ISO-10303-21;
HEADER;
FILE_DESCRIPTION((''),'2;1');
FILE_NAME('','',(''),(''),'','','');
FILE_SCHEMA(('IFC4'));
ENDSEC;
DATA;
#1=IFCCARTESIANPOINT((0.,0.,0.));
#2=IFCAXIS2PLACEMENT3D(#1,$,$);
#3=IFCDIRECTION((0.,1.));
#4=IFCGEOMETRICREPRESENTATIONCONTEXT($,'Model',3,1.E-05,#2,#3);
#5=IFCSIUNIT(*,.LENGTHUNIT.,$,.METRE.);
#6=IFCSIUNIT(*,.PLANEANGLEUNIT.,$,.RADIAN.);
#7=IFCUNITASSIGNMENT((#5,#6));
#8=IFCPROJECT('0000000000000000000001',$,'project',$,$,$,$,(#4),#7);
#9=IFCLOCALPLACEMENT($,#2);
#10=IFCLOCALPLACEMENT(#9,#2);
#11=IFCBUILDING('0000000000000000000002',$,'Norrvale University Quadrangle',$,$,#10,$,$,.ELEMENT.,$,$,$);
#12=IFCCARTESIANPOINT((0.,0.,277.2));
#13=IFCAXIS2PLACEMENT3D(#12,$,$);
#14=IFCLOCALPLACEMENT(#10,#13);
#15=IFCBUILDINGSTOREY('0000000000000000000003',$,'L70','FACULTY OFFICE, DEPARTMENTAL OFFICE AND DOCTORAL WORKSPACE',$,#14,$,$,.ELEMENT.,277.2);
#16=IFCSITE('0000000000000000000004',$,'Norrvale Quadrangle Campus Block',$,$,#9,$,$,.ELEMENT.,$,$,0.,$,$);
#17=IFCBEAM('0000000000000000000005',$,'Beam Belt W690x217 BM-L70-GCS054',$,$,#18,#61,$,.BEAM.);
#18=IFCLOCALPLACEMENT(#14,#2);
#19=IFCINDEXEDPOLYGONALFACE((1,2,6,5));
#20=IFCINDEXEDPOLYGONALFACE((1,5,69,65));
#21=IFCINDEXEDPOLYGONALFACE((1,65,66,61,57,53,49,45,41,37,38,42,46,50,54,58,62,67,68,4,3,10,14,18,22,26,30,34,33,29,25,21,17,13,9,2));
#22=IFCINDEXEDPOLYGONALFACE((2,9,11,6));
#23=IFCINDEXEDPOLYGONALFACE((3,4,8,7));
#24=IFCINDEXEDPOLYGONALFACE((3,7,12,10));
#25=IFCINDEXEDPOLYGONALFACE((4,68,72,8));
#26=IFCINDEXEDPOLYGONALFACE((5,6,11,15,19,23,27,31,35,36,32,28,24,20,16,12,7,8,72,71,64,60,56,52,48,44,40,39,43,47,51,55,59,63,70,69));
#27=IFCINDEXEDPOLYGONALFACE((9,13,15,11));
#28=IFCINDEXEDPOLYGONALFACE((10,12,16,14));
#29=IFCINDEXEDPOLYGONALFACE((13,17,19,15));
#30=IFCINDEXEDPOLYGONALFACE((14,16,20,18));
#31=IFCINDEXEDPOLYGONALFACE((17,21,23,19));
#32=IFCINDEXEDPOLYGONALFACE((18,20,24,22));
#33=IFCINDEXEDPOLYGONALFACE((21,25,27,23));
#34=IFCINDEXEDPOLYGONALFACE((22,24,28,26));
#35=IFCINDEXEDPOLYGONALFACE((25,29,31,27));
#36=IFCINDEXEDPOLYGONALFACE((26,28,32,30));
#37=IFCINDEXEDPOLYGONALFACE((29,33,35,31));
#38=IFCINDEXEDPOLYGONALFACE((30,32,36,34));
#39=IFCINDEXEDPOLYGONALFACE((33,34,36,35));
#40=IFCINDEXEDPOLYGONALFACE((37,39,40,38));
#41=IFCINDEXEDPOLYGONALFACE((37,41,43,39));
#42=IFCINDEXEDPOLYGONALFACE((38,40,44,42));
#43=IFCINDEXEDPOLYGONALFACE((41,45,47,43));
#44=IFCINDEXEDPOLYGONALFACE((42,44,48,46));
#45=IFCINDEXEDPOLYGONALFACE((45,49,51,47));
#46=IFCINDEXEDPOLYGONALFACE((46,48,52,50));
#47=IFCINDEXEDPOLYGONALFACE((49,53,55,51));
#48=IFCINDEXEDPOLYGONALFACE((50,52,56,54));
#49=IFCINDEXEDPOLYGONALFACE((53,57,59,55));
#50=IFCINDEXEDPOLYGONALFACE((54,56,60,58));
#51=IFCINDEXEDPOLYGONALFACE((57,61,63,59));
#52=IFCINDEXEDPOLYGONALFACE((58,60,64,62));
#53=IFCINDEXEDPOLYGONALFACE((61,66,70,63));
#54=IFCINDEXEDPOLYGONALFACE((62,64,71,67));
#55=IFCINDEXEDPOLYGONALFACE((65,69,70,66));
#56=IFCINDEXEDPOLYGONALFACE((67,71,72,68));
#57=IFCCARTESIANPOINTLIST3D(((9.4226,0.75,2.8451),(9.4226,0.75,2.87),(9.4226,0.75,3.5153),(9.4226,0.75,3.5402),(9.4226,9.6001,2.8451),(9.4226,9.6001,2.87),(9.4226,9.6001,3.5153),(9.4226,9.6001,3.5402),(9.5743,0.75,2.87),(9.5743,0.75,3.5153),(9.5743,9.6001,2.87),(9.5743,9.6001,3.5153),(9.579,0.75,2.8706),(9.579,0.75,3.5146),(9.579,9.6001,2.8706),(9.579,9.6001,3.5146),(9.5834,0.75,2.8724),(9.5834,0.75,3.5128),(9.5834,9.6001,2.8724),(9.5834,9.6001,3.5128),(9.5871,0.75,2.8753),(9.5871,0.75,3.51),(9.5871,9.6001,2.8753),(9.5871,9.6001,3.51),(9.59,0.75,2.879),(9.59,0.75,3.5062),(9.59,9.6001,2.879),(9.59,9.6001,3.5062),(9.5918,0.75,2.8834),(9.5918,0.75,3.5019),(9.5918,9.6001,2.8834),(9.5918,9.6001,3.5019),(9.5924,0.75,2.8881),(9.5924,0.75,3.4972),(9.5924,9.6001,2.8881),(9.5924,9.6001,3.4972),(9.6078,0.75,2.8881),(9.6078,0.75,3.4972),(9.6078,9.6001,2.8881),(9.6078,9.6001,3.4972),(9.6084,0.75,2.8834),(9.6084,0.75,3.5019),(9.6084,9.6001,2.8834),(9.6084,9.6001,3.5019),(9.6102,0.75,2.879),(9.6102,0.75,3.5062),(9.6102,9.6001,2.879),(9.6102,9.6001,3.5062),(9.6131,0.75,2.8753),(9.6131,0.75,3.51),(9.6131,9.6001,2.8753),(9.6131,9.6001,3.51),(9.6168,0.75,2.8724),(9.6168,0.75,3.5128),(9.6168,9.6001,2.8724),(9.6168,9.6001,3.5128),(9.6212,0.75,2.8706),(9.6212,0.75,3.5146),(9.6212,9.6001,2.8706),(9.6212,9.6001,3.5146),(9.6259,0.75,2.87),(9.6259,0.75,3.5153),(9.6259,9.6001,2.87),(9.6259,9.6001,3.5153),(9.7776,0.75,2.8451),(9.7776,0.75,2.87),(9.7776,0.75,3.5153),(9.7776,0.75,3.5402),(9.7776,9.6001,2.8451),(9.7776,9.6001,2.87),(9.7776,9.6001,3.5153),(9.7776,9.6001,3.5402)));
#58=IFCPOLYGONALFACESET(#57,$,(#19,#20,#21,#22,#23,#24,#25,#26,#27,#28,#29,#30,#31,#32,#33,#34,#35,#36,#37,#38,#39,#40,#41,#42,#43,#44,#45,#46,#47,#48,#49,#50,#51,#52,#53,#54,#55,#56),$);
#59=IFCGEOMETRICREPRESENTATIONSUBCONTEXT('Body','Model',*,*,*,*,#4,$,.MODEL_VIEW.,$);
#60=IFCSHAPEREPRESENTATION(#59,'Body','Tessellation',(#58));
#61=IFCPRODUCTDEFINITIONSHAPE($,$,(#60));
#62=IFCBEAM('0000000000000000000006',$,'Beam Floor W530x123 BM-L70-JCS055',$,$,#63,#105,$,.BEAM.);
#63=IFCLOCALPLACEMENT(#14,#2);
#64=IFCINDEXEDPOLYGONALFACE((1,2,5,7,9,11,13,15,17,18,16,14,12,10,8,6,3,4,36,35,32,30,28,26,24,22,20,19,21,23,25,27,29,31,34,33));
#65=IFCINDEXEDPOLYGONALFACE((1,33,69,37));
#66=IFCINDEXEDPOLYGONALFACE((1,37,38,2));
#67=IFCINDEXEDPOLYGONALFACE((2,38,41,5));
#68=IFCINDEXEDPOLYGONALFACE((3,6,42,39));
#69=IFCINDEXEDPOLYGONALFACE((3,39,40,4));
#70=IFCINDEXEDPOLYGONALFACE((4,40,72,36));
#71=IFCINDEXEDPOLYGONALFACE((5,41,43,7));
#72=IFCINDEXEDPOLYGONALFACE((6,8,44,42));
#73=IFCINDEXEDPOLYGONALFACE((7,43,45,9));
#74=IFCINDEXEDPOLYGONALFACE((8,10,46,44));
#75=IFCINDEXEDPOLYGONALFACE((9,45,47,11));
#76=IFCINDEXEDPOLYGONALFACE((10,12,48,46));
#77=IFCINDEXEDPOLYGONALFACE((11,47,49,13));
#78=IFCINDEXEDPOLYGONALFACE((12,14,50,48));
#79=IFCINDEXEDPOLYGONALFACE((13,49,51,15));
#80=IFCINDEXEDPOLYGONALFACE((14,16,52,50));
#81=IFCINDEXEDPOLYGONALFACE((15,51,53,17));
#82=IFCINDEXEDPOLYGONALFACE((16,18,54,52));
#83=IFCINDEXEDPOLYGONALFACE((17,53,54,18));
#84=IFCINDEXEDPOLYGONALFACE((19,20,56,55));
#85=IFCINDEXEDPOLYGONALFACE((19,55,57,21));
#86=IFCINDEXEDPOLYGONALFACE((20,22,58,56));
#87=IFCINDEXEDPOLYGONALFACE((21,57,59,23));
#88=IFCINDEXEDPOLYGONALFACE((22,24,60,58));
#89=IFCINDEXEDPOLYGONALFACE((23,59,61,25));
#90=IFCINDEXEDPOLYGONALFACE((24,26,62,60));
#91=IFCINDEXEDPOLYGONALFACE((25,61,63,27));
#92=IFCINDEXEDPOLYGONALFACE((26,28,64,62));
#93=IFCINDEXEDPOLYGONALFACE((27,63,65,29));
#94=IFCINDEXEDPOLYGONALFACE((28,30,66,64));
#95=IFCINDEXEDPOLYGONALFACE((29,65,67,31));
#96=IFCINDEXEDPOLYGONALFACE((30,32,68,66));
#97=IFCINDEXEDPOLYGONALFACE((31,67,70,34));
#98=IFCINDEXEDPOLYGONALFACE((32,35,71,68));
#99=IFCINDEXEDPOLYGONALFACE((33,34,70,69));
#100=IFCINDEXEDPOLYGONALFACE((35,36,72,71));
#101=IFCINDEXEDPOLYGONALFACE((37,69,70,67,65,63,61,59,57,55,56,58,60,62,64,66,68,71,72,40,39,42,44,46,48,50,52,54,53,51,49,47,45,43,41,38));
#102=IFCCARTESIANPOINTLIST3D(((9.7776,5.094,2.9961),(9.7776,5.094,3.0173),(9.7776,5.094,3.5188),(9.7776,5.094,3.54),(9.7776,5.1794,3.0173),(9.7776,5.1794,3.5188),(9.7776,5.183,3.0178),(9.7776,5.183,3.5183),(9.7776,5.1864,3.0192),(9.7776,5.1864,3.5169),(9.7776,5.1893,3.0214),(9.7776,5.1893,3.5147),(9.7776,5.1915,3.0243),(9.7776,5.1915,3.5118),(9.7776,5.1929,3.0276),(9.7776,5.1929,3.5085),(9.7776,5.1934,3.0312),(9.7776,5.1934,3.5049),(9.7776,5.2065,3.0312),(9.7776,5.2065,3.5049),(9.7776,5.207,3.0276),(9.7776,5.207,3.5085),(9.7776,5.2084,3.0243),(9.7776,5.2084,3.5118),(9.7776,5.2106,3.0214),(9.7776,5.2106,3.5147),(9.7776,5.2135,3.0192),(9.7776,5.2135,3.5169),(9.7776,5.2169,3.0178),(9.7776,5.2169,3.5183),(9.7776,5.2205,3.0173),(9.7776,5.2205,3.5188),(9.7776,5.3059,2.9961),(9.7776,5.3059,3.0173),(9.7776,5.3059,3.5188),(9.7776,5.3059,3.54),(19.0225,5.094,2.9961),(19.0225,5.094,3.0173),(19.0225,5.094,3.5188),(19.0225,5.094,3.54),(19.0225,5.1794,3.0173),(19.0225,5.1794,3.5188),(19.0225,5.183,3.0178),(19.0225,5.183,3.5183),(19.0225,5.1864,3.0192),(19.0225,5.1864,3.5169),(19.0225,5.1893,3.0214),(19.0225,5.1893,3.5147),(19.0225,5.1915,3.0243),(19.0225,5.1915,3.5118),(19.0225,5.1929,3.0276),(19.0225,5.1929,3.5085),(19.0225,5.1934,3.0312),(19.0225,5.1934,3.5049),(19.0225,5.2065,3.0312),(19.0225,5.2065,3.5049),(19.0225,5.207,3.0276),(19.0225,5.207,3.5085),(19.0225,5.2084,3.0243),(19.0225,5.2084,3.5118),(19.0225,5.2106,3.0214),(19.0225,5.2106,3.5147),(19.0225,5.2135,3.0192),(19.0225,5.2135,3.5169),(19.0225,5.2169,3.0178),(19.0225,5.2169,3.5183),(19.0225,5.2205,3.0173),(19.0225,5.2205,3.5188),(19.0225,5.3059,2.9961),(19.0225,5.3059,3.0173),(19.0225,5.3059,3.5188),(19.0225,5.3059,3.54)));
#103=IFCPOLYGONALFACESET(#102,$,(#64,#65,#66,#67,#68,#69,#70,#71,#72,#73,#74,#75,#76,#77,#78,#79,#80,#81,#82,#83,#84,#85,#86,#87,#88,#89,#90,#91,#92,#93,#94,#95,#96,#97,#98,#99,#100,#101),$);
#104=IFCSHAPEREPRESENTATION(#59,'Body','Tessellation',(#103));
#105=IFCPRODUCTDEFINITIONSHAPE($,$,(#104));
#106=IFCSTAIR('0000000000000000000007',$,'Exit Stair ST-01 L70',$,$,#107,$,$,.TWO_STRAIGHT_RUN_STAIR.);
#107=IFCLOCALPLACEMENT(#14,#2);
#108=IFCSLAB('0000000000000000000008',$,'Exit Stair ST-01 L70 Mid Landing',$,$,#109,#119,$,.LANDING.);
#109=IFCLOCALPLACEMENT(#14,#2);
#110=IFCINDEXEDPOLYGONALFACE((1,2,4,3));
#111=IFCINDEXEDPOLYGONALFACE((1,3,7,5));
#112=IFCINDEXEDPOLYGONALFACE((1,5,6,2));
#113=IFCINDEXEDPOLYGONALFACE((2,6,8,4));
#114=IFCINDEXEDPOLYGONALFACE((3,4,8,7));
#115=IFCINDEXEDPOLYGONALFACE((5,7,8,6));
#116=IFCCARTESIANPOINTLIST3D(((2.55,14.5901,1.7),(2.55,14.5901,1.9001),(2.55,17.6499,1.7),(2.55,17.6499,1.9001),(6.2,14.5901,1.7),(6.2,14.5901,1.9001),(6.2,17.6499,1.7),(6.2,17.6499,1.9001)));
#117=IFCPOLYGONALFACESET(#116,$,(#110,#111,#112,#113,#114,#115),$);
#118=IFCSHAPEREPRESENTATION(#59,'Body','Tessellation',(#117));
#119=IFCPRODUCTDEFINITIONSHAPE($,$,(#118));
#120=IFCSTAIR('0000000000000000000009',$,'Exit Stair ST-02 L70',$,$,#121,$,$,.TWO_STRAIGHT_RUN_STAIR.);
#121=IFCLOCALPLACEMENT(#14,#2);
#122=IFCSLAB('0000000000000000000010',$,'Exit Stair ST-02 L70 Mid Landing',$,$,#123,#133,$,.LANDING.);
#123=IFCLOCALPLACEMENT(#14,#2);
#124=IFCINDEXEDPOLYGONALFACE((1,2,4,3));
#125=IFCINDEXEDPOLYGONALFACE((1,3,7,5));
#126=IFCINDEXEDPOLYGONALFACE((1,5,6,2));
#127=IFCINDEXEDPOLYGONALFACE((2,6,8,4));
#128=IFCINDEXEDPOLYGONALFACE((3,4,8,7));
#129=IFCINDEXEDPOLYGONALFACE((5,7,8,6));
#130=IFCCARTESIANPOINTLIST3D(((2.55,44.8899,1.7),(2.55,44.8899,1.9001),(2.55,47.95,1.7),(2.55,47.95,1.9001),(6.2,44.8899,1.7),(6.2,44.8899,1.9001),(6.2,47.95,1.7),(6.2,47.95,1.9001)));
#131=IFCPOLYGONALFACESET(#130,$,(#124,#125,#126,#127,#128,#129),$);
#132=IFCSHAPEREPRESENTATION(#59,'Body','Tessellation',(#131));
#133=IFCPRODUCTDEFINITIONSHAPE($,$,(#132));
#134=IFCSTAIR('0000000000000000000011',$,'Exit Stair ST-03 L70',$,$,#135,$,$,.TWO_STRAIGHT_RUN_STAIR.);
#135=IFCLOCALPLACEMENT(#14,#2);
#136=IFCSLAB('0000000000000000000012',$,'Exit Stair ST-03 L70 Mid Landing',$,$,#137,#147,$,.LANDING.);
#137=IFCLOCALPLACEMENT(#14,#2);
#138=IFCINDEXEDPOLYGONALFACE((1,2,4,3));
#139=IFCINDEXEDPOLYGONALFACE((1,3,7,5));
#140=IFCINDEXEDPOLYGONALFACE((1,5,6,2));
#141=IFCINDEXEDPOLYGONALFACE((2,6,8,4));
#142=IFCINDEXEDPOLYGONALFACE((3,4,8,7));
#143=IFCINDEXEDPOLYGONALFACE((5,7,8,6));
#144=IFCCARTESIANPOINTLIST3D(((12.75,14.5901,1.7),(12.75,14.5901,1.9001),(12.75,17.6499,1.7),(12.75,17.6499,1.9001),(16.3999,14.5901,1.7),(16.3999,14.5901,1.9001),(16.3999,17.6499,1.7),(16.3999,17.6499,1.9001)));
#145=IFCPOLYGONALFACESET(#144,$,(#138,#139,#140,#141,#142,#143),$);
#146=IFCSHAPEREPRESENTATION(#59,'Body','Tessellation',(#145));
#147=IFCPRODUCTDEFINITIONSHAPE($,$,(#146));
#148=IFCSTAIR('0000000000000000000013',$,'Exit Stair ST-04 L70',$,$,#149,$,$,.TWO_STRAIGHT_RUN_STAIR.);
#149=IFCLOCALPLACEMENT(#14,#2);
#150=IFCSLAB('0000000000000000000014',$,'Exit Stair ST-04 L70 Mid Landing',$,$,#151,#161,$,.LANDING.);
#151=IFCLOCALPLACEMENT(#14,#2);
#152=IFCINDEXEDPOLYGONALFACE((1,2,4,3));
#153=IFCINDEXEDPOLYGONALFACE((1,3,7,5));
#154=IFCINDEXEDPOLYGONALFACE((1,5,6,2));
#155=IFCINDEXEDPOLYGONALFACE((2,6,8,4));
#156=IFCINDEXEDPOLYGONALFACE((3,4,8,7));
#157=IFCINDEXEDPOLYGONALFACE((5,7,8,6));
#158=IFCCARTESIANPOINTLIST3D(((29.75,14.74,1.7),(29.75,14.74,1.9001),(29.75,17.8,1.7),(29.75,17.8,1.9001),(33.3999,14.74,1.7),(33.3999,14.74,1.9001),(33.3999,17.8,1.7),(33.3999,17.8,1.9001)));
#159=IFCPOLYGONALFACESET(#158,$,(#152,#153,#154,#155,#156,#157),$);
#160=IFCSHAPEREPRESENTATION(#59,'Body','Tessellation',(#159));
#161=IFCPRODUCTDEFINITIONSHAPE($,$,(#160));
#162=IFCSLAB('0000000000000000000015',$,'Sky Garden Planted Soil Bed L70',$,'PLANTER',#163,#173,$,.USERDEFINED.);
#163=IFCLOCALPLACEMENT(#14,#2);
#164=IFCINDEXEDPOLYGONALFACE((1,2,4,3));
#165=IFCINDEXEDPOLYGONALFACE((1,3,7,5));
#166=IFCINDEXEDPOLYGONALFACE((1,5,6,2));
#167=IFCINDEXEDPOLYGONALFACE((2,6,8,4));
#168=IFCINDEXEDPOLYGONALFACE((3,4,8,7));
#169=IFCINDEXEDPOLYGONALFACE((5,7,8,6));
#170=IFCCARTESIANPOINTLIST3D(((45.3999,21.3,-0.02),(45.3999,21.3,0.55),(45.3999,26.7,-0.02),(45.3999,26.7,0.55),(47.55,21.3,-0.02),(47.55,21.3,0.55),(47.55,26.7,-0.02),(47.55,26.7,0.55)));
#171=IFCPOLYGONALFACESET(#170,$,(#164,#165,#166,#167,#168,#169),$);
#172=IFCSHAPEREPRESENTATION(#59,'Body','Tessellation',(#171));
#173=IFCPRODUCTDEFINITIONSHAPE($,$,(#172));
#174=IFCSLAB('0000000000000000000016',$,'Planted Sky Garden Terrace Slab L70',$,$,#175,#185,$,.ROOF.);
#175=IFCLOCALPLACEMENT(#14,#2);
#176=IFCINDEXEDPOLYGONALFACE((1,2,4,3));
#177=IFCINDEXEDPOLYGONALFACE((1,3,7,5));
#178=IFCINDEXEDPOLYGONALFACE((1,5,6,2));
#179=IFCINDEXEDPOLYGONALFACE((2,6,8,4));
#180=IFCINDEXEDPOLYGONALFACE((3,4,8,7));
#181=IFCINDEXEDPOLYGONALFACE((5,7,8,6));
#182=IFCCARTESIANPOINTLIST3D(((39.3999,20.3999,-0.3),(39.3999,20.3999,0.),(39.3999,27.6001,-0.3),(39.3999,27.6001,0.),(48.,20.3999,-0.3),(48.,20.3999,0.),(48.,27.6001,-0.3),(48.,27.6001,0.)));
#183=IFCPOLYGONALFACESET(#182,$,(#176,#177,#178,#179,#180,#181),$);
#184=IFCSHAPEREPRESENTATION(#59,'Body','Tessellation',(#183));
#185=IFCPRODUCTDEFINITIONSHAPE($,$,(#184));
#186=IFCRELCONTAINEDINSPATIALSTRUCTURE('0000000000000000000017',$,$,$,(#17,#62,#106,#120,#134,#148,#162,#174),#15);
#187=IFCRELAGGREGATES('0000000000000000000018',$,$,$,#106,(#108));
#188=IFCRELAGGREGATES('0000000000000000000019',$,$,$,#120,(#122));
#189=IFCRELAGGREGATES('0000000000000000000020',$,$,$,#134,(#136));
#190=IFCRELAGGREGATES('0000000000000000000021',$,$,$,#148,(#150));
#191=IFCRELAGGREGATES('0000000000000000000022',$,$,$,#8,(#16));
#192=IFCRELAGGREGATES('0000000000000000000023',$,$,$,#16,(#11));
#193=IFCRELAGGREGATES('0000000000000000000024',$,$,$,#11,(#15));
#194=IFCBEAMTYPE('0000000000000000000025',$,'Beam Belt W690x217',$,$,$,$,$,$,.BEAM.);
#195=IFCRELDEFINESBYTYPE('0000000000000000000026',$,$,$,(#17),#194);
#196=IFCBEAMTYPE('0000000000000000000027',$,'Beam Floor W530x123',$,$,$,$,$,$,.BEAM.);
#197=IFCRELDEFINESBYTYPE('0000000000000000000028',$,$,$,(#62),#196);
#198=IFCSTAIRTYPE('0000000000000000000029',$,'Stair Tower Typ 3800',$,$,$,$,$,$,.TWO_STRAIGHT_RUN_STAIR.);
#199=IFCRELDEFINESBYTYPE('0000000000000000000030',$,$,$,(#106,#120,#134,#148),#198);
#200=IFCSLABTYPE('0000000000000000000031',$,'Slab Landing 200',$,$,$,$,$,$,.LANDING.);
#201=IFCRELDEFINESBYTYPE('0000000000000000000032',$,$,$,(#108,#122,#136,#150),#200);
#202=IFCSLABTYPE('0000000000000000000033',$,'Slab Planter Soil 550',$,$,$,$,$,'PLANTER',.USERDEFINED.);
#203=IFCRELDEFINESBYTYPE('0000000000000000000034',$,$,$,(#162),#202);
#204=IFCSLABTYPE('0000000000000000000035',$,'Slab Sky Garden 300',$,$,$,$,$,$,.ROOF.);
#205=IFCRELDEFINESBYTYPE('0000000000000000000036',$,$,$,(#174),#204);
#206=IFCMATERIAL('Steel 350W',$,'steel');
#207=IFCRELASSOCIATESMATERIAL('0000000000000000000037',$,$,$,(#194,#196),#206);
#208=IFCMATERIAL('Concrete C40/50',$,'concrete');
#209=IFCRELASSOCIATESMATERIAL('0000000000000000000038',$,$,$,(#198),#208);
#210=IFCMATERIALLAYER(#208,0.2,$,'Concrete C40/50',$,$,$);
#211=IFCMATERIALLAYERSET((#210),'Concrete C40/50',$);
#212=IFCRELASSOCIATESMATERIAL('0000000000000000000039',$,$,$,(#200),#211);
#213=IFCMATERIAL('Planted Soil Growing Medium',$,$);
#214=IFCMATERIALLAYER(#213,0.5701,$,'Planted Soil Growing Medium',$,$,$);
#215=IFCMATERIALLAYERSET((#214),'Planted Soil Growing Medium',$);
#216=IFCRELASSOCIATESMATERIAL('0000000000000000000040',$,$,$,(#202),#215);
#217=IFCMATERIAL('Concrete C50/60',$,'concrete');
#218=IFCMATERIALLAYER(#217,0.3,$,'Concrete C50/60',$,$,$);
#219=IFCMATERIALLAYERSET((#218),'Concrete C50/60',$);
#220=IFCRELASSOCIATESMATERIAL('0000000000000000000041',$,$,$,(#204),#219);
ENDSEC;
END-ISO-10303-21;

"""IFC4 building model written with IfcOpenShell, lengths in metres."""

from ifc_helpers import new_model, si_unit, direction, frame, origin, origin_2d, place, context, subcontext, project, spatial, polyline, i_section, outline, extrude, material, layer, layer_set, material_profile, profile_set, type_object, element, aggregate, save


model = new_model("IFC4")

# Units and contexts
model_context = context("Model", 3, precision=1e-05, world=origin(), true_north=direction((0.0, 1.0)))
body_context = subcontext(model_context, "Body", "Model", "MODEL_VIEW")
ifc_project = project(units=[si_unit("LENGTHUNIT", "METRE"), si_unit("PLANEANGLEUNIT", "RADIAN")], contexts=[model_context])

# Site, building, storey
site_placement = place(None, origin())
site = spatial("IfcSite", under=ifc_project, at=site_placement, Name="Norrvale Quadrangle Campus Block", CompositionType="ELEMENT", RefElevation=0.0)
building_placement = place(site_placement, origin())
building = spatial("IfcBuilding", under=site, at=building_placement, Name="Norrvale University Quadrangle", CompositionType="ELEMENT")
storey_placement = place(building_placement, frame((0.0, 0.0, 277.2)))
storey = spatial("IfcBuildingStorey", under=building, at=storey_placement, Name="L70", Description="FACULTY OFFICE, DEPARTMENTAL OFFICE AND DOCTORAL WORKSPACE", CompositionType="ELEMENT", Elevation=277.2)

# Beams
ifc_material_1 = material(Name="Steel 350W", Category="steel")
ifc_material_profile_1 = material_profile(ifc_material_1, i_section(OverallWidth=0.355, OverallDepth=0.6951, WebThickness=0.0154, FlangeThickness=0.0249, FilletRadius=0.0181, at=origin_2d()), Name="Steel 350W")
ifc_profile_set_1 = profile_set([ifc_material_profile_1], Name="Steel 350W")
beam_type_1 = type_object("IfcBeamType", Name="Beam Belt W690x217", PredefinedType="BEAM", material=ifc_profile_set_1)
beam_1_placement = place(storey_placement, frame((9.6001, 0.75, 3.1926), z_axis=(0.0, 1.0, 0.0), x_axis=(-1.0, 0.0, 0.0)))
element("IfcBeam", 1, at=beam_1_placement, inside=storey, type_object=beam_type_1, Name="Beam Belt W690x217 BM-L70-GCS054", PredefinedType="BEAM", context=body_context, shape_type="SweptSolid", body=[
    extrude(i_section(OverallWidth=0.355, OverallDepth=0.6951, WebThickness=0.0154, FlangeThickness=0.0249, FilletRadius=0.0181, at=origin_2d()), origin(), (0.0, 0.0, 1.0), 8.8501),
])
ifc_material_profile_2 = material_profile(ifc_material_1, i_section(OverallWidth=0.2119, OverallDepth=0.5439, WebThickness=0.0132, FlangeThickness=0.0212, FilletRadius=0.0139, at=origin_2d()), Name="Steel 350W")
ifc_profile_set_2 = profile_set([ifc_material_profile_2], Name="Steel 350W")
beam_type_2 = type_object("IfcBeamType", Name="Beam Floor W530x123", PredefinedType="BEAM", material=ifc_profile_set_2)
beam_2_placement = place(storey_placement, frame((9.7776, 5.2, 3.2681), z_axis=(1.0, 0.0, 0.0), x_axis=(0.0, 1.0, 0.0)))
element("IfcBeam", 2, at=beam_2_placement, inside=storey, type_object=beam_type_2, Name="Beam Floor W530x123 BM-L70-JCS055", PredefinedType="BEAM", context=body_context, shape_type="SweptSolid", body=[
    extrude(i_section(OverallWidth=0.2119, OverallDepth=0.5439, WebThickness=0.0132, FlangeThickness=0.0212, FilletRadius=0.0139, at=origin_2d()), origin(), (0.0, 0.0, 1.0), 9.2449),
])

# Stairs, slabs
ifc_material_2 = material(Name="Concrete C40/50", Category="concrete")
stair_type = type_object("IfcStairType", Name="Stair Tower Typ 3800", PredefinedType="TWO_STRAIGHT_RUN_STAIR", material=ifc_material_2)
stair_1_placement = place(storey_placement, origin())
stair_1 = element("IfcStair", 3, at=stair_1_placement, inside=storey, type_object=stair_type, Name="Exit Stair ST-01 L70", PredefinedType="TWO_STRAIGHT_RUN_STAIR")
ifc_layer_1 = layer(ifc_material_2, 0.2, Name="Concrete C40/50")
ifc_layer_set_1 = layer_set([ifc_layer_1], Name="Concrete C40/50")
slab_type_1 = type_object("IfcSlabType", Name="Slab Landing 200", PredefinedType="LANDING", material=ifc_layer_set_1)
slab_1_placement = place(storey_placement, frame((0.0, 0.0, 1.7)))
slab_1 = element("IfcSlab", 4, at=slab_1_placement, type_object=slab_type_1, Name="Exit Stair ST-01 L70 Mid Landing", PredefinedType="LANDING", context=body_context, shape_type="SweptSolid", body=[
    extrude(outline(polyline([(2.55, 14.5901), (6.2, 14.5901), (6.2, 17.6499), (2.55, 17.6499), (2.55, 14.5901)])), origin(), (0.0, 0.0, 1.0), 0.2002),
])
aggregate(stair_1, [slab_1])
stair_2_placement = place(storey_placement, origin())
stair_2 = element("IfcStair", 5, at=stair_2_placement, inside=storey, type_object=stair_type, Name="Exit Stair ST-02 L70", PredefinedType="TWO_STRAIGHT_RUN_STAIR")
slab_2_placement = place(storey_placement, frame((0.0, 0.0, 1.7)))
slab_2 = element("IfcSlab", 6, at=slab_2_placement, type_object=slab_type_1, Name="Exit Stair ST-02 L70 Mid Landing", PredefinedType="LANDING", context=body_context, shape_type="SweptSolid", body=[
    extrude(outline(polyline([(2.55, 44.8899), (6.2, 44.8899), (6.2, 47.95), (2.55, 47.95), (2.55, 44.8899)])), origin(), (0.0, 0.0, 1.0), 0.2002),
])
aggregate(stair_2, [slab_2])
stair_3_placement = place(storey_placement, origin())
stair_3 = element("IfcStair", 7, at=stair_3_placement, inside=storey, type_object=stair_type, Name="Exit Stair ST-03 L70", PredefinedType="TWO_STRAIGHT_RUN_STAIR")
slab_3_placement = place(storey_placement, frame((0.0, 0.0, 1.7)))
slab_3 = element("IfcSlab", 8, at=slab_3_placement, type_object=slab_type_1, Name="Exit Stair ST-03 L70 Mid Landing", PredefinedType="LANDING", context=body_context, shape_type="SweptSolid", body=[
    extrude(outline(polyline([(12.75, 14.5901), (16.3999, 14.5901), (16.3999, 17.6499), (12.75, 17.6499), (12.75, 14.5901)])), origin(), (0.0, 0.0, 1.0), 0.2002),
])
aggregate(stair_3, [slab_3])
stair_4_placement = place(storey_placement, origin())
stair_4 = element("IfcStair", 9, at=stair_4_placement, inside=storey, type_object=stair_type, Name="Exit Stair ST-04 L70", PredefinedType="TWO_STRAIGHT_RUN_STAIR")
slab_4_placement = place(storey_placement, frame((0.0, 0.0, 1.7)))
slab_4 = element("IfcSlab", 10, at=slab_4_placement, type_object=slab_type_1, Name="Exit Stair ST-04 L70 Mid Landing", PredefinedType="LANDING", context=body_context, shape_type="SweptSolid", body=[
    extrude(outline(polyline([(29.75, 14.74), (33.3999, 14.74), (33.3999, 17.8), (29.75, 17.8), (29.75, 14.74)])), origin(), (0.0, 0.0, 1.0), 0.2002),
])
aggregate(stair_4, [slab_4])

# Slabs
ifc_material_3 = material(Name="Planted Soil Growing Medium")
ifc_layer_2 = layer(ifc_material_3, 0.5701, Name="Planted Soil Growing Medium")
ifc_layer_set_2 = layer_set([ifc_layer_2], Name="Planted Soil Growing Medium")
slab_type_2 = type_object("IfcSlabType", Name="Slab Planter Soil 550", ElementType="PLANTER", PredefinedType="USERDEFINED", material=ifc_layer_set_2)
slab_5_placement = place(storey_placement, frame((0.0, 0.0, -0.02)))
element("IfcSlab", 11, at=slab_5_placement, inside=storey, type_object=slab_type_2, Name="Sky Garden Planted Soil Bed L70", ObjectType="PLANTER", PredefinedType="USERDEFINED", context=body_context, shape_type="SweptSolid", body=[
    extrude(outline(polyline([(45.3999, 21.3), (47.55, 21.3), (47.55, 26.7), (45.3999, 26.7), (45.3999, 21.3)])), origin(), (0.0, 0.0, 1.0), 0.5701),
])
ifc_material_4 = material(Name="Concrete C50/60", Category="concrete")
ifc_layer_3 = layer(ifc_material_4, 0.3, Name="Concrete C50/60")
ifc_layer_set_3 = layer_set([ifc_layer_3], Name="Concrete C50/60")
slab_type_3 = type_object("IfcSlabType", Name="Slab Sky Garden 300", PredefinedType="ROOF", material=ifc_layer_set_3)
slab_6_placement = place(storey_placement, frame((0.0, 0.0, -0.3)))
element("IfcSlab", 12, at=slab_6_placement, inside=storey, type_object=slab_type_3, Name="Planted Sky Garden Terrace Slab L70", PredefinedType="ROOF", context=body_context, shape_type="SweptSolid", body=[
    extrude(outline(polyline([(39.3999, 20.3999), (48.0, 20.3999), (48.0, 27.6001), (39.3999, 27.6001), (39.3999, 20.3999)])), origin(), (0.0, 0.0, 1.0), 0.3),
])

save(model, "model.ifc")
